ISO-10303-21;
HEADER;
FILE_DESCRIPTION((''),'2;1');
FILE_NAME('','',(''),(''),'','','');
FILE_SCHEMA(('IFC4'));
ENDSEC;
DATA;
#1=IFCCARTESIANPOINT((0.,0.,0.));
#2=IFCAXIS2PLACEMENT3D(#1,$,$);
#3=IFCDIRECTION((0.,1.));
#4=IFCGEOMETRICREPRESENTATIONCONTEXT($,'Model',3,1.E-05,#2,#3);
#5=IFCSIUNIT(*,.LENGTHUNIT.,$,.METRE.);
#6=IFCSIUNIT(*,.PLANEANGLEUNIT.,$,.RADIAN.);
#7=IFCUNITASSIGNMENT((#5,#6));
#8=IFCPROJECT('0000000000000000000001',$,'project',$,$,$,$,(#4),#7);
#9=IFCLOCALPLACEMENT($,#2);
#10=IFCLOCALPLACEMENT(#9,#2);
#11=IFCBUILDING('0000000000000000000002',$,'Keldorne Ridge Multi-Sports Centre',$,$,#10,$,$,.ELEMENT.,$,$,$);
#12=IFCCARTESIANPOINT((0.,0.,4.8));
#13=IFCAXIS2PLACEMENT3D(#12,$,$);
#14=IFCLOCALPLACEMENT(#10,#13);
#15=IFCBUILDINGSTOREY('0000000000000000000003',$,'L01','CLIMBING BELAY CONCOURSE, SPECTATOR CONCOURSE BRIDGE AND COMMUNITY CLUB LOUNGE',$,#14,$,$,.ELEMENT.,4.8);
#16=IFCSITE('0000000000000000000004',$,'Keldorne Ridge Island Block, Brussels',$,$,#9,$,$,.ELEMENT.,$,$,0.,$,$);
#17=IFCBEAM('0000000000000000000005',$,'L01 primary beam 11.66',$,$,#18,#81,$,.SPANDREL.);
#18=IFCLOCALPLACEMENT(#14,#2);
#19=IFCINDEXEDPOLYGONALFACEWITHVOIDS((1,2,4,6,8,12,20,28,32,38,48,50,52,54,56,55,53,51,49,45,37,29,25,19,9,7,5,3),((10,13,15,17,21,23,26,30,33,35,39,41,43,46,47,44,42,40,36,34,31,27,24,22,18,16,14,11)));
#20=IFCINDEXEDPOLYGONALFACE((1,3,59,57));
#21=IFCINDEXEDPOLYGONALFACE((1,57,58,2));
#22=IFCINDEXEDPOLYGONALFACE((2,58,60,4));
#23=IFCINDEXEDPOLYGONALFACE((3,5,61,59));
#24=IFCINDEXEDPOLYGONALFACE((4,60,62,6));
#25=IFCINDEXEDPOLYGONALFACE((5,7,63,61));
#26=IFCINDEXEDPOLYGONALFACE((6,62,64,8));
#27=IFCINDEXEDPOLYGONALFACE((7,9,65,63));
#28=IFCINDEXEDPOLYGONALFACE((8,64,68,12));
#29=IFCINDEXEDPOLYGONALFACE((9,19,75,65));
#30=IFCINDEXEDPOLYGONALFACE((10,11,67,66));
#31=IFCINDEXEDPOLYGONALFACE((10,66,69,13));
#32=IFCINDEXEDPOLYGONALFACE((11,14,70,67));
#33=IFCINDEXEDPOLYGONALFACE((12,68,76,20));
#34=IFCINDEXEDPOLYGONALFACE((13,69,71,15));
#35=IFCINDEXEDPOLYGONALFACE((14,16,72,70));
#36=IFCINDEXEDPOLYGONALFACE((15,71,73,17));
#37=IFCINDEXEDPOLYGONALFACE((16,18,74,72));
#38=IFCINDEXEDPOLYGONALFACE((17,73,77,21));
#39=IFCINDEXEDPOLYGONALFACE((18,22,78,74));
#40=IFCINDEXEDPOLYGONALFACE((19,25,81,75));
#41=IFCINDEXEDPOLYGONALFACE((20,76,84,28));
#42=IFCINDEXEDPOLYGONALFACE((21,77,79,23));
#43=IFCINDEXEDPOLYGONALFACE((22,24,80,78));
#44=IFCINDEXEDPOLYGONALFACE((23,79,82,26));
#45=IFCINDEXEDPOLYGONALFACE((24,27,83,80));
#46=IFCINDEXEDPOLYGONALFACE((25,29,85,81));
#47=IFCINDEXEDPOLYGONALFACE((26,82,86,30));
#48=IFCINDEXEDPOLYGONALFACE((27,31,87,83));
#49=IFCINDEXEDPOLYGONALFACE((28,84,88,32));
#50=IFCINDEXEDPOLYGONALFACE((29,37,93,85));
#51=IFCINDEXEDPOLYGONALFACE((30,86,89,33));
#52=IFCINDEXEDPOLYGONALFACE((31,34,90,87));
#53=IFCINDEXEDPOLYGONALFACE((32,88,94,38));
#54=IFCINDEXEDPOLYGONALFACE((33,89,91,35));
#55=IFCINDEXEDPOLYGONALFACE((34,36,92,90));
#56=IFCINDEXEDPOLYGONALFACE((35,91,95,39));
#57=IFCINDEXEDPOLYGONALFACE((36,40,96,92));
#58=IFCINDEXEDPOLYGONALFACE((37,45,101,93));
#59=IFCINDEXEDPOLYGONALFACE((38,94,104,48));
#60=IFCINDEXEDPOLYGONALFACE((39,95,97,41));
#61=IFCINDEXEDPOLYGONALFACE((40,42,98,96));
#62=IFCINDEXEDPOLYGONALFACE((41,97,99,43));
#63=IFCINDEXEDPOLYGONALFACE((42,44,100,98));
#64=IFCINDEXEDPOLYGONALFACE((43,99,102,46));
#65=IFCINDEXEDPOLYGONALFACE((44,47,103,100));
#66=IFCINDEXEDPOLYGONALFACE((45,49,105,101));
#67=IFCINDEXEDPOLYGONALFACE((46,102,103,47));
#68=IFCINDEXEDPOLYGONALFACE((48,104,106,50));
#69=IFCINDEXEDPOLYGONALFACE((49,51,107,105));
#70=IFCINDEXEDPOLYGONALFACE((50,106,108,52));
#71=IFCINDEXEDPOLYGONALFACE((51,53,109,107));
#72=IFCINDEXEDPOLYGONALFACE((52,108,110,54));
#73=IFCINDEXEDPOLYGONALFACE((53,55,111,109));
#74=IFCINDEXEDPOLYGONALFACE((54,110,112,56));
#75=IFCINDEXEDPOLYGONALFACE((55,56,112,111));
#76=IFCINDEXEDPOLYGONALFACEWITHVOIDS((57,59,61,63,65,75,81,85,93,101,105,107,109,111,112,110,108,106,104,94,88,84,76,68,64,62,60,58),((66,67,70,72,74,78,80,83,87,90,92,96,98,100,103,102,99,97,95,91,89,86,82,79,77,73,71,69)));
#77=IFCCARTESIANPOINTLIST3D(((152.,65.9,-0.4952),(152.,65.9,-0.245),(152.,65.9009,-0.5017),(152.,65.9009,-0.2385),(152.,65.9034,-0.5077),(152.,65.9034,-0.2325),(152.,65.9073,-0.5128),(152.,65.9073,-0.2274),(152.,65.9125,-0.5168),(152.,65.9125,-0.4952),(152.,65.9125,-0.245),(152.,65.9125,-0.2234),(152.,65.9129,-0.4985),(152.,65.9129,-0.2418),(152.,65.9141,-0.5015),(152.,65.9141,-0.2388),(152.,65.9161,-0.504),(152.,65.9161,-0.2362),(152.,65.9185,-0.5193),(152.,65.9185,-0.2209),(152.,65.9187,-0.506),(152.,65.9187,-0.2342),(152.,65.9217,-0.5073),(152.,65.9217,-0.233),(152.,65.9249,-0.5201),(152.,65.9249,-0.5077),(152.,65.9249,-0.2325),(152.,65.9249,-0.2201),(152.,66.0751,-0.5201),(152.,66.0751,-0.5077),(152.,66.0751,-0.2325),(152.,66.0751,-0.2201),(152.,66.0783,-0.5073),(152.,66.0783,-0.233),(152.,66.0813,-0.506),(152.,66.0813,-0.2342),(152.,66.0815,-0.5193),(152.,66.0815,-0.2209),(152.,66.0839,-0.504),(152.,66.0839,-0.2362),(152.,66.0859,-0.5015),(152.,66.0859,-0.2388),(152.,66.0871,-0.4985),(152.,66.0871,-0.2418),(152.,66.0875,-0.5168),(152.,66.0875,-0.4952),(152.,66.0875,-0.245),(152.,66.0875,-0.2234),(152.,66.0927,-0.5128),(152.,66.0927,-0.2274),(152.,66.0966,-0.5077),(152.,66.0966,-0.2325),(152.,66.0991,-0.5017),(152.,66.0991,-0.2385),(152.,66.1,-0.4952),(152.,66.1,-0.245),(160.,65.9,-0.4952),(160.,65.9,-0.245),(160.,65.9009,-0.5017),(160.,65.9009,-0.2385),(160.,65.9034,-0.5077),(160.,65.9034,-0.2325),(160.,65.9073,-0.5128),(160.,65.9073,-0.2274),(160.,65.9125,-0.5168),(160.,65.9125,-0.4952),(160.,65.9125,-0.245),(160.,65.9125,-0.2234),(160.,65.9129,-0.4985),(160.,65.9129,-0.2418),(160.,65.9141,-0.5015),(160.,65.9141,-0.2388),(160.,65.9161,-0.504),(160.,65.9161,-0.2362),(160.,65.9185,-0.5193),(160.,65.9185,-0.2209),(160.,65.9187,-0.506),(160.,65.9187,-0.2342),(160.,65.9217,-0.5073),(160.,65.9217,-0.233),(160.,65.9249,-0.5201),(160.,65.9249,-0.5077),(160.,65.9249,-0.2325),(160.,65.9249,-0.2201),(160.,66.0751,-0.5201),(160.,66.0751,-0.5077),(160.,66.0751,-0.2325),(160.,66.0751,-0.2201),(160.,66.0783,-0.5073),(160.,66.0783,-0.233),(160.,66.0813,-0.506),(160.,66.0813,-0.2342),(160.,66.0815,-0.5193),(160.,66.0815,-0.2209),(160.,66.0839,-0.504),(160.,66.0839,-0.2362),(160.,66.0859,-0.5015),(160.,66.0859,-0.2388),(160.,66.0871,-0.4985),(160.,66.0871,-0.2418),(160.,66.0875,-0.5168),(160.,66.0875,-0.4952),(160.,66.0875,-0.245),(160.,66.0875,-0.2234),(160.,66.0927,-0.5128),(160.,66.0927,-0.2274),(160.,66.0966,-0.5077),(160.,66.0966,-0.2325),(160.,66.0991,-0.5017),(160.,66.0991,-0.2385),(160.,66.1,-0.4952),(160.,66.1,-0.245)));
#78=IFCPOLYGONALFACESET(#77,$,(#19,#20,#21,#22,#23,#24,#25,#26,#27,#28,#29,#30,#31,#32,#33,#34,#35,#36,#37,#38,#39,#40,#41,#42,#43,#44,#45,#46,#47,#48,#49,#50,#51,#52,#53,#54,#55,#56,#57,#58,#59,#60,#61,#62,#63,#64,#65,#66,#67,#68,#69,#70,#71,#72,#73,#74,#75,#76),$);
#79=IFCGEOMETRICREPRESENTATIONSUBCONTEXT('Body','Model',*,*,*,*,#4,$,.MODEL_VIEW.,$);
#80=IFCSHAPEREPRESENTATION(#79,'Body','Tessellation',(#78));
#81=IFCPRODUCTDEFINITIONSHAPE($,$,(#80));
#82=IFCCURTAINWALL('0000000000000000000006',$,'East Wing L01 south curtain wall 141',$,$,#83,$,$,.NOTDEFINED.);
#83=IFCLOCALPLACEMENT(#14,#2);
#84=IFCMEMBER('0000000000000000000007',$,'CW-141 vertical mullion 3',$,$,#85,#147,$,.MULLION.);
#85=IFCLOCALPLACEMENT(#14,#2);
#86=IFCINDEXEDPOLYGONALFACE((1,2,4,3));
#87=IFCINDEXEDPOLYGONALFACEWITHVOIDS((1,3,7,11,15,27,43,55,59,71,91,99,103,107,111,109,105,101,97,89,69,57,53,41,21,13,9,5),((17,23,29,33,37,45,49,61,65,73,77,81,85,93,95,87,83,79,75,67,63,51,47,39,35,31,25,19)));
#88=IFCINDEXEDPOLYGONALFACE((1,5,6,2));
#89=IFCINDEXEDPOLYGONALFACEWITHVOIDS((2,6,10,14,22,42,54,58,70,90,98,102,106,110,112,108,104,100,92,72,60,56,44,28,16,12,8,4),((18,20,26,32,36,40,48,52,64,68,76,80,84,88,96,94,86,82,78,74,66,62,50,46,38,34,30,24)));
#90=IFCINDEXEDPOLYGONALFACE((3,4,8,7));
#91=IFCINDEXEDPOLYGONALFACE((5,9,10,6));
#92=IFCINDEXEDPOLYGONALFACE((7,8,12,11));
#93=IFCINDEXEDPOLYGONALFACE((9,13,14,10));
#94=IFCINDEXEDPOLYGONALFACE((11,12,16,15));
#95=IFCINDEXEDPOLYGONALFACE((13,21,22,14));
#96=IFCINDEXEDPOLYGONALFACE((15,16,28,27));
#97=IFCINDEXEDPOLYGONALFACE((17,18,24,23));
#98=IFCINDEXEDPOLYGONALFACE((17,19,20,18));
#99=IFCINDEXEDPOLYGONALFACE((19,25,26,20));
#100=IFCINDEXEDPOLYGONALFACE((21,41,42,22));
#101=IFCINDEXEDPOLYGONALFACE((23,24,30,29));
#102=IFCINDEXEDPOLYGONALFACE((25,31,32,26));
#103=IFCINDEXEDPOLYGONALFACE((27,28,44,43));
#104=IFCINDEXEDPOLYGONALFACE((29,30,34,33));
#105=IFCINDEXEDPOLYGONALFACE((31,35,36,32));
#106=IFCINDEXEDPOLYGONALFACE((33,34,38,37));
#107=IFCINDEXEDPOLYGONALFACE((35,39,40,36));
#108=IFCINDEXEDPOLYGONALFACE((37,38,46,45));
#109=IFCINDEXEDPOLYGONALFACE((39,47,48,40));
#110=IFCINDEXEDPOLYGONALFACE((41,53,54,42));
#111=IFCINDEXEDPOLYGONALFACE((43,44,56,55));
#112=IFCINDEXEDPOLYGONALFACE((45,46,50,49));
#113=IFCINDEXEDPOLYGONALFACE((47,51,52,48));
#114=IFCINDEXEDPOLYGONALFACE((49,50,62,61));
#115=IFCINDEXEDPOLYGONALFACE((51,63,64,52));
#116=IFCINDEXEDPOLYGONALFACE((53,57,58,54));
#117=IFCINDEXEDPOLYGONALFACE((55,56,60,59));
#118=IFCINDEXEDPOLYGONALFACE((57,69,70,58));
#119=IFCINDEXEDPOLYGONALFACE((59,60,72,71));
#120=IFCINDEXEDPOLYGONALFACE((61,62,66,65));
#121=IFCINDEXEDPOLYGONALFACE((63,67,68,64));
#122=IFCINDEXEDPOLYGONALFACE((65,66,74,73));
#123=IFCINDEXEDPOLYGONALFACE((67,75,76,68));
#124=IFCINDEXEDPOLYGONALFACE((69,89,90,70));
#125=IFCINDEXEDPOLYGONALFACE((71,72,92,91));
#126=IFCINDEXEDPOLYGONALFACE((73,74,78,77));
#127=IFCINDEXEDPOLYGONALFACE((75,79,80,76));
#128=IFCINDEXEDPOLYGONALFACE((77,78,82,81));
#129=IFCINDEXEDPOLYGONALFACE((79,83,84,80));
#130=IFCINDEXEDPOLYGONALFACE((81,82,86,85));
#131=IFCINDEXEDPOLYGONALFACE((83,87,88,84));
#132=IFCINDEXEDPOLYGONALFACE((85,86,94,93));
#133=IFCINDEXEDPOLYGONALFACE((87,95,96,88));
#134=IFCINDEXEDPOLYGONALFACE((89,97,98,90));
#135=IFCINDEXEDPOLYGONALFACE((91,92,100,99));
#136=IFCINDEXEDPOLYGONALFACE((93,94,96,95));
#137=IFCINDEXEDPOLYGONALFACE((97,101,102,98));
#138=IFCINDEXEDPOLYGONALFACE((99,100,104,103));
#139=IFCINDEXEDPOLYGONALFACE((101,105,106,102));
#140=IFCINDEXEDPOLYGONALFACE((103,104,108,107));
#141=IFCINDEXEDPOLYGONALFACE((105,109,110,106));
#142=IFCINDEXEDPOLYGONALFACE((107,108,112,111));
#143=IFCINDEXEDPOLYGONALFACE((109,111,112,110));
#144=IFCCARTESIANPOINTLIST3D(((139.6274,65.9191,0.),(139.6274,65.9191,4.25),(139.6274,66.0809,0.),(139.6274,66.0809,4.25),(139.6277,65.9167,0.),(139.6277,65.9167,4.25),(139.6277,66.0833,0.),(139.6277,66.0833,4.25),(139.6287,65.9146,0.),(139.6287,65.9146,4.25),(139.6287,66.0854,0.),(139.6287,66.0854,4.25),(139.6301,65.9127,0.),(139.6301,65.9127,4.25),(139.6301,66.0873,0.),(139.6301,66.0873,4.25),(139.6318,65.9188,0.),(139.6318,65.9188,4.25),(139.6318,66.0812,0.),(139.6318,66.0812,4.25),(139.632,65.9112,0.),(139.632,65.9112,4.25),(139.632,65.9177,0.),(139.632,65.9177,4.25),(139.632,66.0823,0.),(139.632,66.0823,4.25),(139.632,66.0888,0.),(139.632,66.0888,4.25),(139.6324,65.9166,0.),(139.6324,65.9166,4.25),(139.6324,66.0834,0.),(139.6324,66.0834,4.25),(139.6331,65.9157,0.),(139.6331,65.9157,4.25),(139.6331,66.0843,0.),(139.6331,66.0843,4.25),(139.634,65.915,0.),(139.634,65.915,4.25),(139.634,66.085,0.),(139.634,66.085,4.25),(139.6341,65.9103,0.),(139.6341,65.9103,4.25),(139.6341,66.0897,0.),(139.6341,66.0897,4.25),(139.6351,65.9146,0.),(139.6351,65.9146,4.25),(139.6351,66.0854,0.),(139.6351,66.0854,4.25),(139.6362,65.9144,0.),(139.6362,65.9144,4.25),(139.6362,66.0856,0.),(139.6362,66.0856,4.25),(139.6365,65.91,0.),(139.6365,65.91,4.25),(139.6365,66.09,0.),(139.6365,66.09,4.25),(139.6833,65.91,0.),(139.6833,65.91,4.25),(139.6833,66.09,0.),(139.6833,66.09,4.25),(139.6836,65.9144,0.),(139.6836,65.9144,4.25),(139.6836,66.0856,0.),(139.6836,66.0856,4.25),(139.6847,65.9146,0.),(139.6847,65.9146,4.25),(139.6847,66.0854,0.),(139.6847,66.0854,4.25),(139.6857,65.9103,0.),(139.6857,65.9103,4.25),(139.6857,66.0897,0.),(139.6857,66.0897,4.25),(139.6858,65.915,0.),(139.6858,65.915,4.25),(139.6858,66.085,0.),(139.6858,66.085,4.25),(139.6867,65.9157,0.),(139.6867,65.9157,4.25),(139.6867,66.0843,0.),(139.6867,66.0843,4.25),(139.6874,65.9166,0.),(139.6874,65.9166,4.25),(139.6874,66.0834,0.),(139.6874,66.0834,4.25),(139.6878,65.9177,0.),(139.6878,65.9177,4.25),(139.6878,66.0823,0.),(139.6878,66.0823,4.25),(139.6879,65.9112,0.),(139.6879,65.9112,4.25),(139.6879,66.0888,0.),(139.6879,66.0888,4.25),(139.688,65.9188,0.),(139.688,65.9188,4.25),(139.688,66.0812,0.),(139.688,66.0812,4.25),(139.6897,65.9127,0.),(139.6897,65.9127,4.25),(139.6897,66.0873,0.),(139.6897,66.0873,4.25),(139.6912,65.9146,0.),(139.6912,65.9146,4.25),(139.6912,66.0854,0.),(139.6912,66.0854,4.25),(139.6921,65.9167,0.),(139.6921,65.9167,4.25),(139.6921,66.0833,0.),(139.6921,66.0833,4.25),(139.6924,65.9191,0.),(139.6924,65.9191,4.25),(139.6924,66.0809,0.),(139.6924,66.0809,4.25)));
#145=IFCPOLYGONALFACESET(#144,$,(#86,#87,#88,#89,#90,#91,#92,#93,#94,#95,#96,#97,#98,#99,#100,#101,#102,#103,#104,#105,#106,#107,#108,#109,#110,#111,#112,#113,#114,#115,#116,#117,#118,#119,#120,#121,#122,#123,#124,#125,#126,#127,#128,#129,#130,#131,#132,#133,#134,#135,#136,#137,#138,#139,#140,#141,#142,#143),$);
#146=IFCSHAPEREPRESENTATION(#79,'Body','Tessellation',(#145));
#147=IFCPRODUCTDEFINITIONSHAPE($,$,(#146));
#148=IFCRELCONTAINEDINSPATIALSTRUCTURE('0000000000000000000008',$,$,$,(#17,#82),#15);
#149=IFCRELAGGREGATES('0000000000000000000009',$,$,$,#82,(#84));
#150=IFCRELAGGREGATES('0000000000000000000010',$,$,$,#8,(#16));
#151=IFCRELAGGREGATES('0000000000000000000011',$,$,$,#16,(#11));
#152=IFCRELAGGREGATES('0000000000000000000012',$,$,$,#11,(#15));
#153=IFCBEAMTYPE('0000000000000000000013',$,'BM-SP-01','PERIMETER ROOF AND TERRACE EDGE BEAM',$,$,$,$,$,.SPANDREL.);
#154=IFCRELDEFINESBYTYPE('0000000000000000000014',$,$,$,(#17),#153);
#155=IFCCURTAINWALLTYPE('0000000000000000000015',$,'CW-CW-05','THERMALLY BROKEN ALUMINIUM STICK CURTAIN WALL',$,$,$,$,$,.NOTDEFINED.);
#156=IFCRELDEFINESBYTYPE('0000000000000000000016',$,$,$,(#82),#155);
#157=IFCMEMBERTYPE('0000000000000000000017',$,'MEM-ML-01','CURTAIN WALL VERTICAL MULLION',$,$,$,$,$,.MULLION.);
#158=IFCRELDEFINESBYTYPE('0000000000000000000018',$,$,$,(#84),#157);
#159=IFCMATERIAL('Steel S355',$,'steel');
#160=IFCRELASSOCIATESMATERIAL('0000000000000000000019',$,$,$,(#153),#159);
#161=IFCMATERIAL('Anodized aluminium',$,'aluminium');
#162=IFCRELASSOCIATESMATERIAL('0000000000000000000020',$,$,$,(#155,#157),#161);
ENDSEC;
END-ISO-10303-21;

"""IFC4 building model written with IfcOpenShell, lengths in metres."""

from ifc_helpers import new_model, si_unit, direction, frame, origin, origin_2d, place, context, subcontext, project, spatial, hollow_rectangle, extrude, material, material_profile, profile_set, type_object, element, aggregate, save


model = new_model("IFC4")

# Units and contexts
model_context = context("Model", 3, precision=1e-05, world=origin(), true_north=direction((0.0, 1.0)))
body_context = subcontext(model_context, "Body", "Model", "MODEL_VIEW")
ifc_project = project(units=[si_unit("LENGTHUNIT", "METRE"), si_unit("PLANEANGLEUNIT", "RADIAN")], contexts=[model_context])

# Site, building, storey
site_placement = place(None, origin())
site = spatial("IfcSite", under=ifc_project, at=site_placement, Name="Keldorne Ridge Island Block, Brussels", CompositionType="ELEMENT", RefElevation=0.0)
building_placement = place(site_placement, origin())
building = spatial("IfcBuilding", under=site, at=building_placement, Name="Keldorne Ridge Multi-Sports Centre", CompositionType="ELEMENT")
storey_placement = place(building_placement, frame((0.0, 0.0, 4.8)))
storey = spatial("IfcBuildingStorey", under=building, at=storey_placement, Name="L01", Description="CLIMBING BELAY CONCOURSE, SPECTATOR CONCOURSE BRIDGE AND COMMUNITY CLUB LOUNGE", CompositionType="ELEMENT", Elevation=4.8)

# Shared definitions
ifc_material_1 = material(Name="Steel S355", Category="steel")

# Beam
ifc_material_profile_1 = material_profile(ifc_material_1, hollow_rectangle(XDim=0.2, YDim=0.3, WallThickness=0.0125, InnerFilletRadius=0.0125, OuterFilletRadius=0.0249, at=origin_2d()), Name="RHS 300x200x12.5")
ifc_profile_set_1 = profile_set([ifc_material_profile_1], Name="Steel S355")
beam_type_1 = type_object("IfcBeamType", Name="BM-SP-01", Description="PERIMETER ROOF AND TERRACE EDGE BEAM", PredefinedType="SPANDREL", material=ifc_profile_set_1)
beam_placement = place(storey_placement, frame((152.0, 66.0, -0.3701), z_axis=(1.0, 0.0, 0.0), x_axis=(0.0, 1.0, 0.0)))
element("IfcBeam", 1, at=beam_placement, inside=storey, type_object=beam_type_1, Name="L01 primary beam 11.66", PredefinedType="SPANDREL", context=body_context, shape_type="SweptSolid", body=[
    extrude(hollow_rectangle(XDim=0.2, YDim=0.3, WallThickness=0.0125, InnerFilletRadius=0.0125, OuterFilletRadius=0.0249, at=origin_2d()), origin(), (0.0, 0.0, 1.0), 8.0),
])

# Curtain wall, member
ifc_material_2 = material(Name="Anodized aluminium", Category="aluminium")
curtain_wall_type_1 = type_object("IfcCurtainWallType", Name="CW-CW-05", Description="THERMALLY BROKEN ALUMINIUM STICK CURTAIN WALL", PredefinedType="NOTDEFINED", material=ifc_material_2)
curtain_wall_1_placement = place(storey_placement, origin())
curtain_wall_1 = element("IfcCurtainWall", 2, at=curtain_wall_1_placement, inside=storey, type_object=curtain_wall_type_1, Name="East Wing L01 south curtain wall 141", PredefinedType="NOTDEFINED")
ifc_material_profile_2 = material_profile(ifc_material_2, hollow_rectangle(XDim=0.0649, YDim=0.1799, WallThickness=0.0044, InnerFilletRadius=0.0044, OuterFilletRadius=0.009, at=origin_2d()), Name="ALU MULLION 180x65x4.5")
ifc_profile_set_2 = profile_set([ifc_material_profile_2], Name="Anodized aluminium")
member_type_1 = type_object("IfcMemberType", Name="MEM-ML-01", Description="CURTAIN WALL VERTICAL MULLION", PredefinedType="MULLION", material=ifc_profile_set_2)
member_1_placement = place(storey_placement, frame((139.6599, 66.0, 0.0), z_axis=(0.0, 0.0, 1.0), x_axis=(1.0, 0.0, 0.0)))
member_1 = element("IfcMember", 3, at=member_1_placement, type_object=member_type_1, Name="CW-141 vertical mullion 3", PredefinedType="MULLION", context=body_context, shape_type="SweptSolid", body=[
    extrude(hollow_rectangle(XDim=0.0649, YDim=0.1799, WallThickness=0.0044, InnerFilletRadius=0.0044, OuterFilletRadius=0.009, at=origin_2d()), origin(), (0.0, 0.0, 1.0), 4.25),
])
aggregate(curtain_wall_1, [member_1])

save(model, "model.ifc")
